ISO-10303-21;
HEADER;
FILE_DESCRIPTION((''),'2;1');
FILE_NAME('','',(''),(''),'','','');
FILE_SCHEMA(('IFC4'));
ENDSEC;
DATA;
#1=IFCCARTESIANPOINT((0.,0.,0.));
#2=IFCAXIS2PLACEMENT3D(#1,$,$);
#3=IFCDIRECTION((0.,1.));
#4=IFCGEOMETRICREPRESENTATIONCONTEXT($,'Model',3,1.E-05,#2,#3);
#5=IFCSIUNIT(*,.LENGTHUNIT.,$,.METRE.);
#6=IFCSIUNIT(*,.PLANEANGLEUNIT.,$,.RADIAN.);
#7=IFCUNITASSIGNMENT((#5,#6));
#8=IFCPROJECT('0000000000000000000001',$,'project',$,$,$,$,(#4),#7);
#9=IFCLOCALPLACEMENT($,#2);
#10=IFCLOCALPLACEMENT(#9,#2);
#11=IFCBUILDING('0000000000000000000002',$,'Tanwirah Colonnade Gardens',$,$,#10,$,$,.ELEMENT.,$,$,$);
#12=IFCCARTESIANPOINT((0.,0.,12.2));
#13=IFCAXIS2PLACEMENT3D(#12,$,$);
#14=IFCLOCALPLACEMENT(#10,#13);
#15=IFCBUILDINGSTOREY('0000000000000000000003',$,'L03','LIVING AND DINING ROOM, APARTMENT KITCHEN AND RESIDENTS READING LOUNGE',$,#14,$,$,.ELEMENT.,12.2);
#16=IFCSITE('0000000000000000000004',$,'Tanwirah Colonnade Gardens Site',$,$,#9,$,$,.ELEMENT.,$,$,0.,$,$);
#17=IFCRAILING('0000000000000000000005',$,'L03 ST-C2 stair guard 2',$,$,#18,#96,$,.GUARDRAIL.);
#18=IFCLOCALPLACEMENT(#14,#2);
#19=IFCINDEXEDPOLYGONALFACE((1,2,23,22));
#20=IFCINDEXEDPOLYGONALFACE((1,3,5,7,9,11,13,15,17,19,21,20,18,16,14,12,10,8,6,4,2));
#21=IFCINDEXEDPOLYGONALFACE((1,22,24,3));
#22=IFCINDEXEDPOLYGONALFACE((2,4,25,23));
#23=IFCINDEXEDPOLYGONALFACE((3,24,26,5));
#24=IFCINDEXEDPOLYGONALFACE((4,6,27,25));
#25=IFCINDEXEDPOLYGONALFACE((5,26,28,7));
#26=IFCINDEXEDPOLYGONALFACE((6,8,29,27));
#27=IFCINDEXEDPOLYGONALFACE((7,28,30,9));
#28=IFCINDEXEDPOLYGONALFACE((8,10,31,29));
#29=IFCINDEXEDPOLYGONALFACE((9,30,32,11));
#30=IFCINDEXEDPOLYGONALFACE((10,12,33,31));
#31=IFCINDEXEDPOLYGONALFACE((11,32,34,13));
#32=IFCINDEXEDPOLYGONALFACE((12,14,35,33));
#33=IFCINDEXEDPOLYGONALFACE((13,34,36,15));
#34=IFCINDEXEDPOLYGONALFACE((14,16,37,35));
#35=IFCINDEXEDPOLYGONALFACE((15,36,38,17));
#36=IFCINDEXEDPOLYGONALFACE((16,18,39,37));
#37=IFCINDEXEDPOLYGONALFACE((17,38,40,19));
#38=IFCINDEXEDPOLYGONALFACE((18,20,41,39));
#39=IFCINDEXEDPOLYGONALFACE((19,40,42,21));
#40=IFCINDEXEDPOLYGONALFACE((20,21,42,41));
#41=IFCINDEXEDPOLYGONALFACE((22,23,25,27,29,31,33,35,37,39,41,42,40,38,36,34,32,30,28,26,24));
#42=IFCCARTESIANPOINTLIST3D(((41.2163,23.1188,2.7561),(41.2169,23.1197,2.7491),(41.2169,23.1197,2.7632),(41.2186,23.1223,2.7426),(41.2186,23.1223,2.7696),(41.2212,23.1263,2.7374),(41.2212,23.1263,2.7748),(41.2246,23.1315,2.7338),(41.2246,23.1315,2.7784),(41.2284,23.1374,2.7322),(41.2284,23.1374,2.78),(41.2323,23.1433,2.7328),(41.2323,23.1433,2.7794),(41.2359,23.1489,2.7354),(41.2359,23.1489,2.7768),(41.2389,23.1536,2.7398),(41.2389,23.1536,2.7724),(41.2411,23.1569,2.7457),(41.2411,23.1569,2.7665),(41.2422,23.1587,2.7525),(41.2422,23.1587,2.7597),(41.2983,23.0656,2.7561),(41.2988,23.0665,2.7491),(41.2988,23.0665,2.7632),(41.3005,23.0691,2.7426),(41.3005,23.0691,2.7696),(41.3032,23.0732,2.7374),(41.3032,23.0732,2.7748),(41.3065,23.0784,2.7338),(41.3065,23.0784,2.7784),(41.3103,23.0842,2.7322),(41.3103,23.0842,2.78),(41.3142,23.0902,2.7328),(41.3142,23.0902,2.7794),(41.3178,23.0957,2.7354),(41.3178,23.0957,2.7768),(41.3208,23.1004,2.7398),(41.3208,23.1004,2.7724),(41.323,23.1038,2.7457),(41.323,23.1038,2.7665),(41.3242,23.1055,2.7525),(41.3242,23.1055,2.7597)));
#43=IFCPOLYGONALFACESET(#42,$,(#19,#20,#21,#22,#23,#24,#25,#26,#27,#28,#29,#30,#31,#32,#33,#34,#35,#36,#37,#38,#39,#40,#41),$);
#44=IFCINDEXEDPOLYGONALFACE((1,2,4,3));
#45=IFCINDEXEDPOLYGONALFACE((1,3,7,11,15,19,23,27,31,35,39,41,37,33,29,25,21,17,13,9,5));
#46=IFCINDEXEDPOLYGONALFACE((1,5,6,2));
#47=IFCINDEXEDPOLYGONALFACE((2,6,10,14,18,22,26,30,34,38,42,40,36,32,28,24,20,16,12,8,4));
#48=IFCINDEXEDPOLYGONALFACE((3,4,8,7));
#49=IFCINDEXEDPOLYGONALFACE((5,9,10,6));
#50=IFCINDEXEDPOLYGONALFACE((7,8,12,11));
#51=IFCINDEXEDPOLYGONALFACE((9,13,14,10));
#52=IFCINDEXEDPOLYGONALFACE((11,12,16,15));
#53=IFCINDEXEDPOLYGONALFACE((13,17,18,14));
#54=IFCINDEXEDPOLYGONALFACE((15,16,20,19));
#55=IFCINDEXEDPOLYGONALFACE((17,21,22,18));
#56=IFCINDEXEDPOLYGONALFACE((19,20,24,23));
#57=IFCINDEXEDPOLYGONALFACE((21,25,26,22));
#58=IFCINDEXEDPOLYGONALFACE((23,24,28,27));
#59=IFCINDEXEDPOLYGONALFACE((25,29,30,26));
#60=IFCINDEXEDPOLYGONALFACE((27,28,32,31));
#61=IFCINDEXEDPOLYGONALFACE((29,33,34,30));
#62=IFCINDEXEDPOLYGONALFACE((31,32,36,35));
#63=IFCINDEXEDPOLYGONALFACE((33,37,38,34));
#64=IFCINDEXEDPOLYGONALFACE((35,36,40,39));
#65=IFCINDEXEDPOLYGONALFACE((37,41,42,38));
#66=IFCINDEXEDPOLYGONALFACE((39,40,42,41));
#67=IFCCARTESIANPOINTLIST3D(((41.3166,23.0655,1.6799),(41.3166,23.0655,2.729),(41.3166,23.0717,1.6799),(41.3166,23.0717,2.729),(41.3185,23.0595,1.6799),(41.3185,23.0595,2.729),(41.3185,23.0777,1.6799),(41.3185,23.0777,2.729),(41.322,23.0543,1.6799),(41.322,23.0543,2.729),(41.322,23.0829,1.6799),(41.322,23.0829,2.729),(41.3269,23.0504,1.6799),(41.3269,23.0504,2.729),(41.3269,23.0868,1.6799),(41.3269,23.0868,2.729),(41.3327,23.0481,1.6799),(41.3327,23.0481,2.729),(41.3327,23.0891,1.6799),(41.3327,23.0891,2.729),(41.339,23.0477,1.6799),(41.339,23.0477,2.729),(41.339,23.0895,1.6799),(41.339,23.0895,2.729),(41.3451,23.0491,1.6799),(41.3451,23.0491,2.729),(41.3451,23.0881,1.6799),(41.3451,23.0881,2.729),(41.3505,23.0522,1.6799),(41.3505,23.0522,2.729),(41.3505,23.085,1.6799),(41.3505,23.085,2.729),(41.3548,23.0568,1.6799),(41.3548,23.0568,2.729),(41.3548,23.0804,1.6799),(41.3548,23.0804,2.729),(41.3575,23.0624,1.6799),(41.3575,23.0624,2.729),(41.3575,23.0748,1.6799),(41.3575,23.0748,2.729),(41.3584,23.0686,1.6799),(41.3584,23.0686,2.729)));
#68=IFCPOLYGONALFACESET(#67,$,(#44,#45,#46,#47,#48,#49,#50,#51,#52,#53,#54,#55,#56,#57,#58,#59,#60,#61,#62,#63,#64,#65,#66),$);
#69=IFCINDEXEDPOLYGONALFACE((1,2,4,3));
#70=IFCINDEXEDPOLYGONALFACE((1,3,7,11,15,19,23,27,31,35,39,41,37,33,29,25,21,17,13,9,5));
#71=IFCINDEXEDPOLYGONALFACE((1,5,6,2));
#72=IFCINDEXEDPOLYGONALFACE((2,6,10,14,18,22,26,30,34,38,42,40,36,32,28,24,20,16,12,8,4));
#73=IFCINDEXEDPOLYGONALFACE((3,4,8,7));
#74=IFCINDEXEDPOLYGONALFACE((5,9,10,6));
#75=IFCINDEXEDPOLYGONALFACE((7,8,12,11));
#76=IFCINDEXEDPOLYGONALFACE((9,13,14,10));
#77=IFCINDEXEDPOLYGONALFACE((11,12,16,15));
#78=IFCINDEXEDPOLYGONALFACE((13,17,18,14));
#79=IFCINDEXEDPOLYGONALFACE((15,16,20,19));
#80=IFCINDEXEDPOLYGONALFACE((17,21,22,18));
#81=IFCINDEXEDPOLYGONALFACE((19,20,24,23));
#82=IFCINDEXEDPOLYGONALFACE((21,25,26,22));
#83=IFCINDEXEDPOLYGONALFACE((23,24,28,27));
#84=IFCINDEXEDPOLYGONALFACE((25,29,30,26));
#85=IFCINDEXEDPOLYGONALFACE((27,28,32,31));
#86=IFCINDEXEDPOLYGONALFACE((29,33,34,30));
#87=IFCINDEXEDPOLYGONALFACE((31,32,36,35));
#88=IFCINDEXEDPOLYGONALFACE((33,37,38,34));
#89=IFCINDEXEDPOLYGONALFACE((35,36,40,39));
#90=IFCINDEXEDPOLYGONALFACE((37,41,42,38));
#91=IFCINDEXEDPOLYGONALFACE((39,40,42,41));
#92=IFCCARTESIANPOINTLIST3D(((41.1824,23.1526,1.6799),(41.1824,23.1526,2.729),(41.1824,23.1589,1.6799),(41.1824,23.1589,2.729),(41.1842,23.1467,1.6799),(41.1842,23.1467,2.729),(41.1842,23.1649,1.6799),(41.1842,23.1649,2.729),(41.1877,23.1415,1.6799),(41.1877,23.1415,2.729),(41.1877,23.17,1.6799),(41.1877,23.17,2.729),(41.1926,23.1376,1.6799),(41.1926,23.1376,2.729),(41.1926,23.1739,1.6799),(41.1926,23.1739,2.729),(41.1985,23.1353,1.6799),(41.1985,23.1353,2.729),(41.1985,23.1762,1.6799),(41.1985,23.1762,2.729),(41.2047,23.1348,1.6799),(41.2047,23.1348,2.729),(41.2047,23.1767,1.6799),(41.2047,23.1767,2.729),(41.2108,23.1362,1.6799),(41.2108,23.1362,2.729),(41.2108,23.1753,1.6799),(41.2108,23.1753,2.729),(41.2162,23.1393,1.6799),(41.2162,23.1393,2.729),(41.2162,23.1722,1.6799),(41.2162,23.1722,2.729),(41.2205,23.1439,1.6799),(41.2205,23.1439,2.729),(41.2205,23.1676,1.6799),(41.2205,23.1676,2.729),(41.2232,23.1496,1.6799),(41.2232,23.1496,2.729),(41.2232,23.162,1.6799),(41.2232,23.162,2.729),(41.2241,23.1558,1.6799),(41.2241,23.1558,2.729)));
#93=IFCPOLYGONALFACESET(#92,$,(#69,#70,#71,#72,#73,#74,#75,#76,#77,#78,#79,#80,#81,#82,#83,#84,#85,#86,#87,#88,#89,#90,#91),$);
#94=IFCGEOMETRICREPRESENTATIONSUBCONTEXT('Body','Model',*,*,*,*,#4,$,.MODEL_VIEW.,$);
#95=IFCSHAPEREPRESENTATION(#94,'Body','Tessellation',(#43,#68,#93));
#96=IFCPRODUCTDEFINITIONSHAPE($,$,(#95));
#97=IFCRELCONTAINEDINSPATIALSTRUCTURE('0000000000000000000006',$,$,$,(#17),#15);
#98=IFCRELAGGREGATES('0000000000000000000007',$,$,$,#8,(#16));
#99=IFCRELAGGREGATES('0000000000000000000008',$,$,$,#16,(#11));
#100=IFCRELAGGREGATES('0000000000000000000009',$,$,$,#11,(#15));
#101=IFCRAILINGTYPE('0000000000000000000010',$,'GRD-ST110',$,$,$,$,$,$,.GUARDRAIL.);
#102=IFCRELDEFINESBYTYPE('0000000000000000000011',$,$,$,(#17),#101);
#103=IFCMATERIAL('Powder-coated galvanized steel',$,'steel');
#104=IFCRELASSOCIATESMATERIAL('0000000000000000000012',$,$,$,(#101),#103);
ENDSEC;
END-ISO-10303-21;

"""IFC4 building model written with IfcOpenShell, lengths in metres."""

from ifc_helpers import new_model, si_unit, direction, frame, origin, origin_2d, place, context, subcontext, project, spatial, circle, extrude, material, type_object, element, save


model = new_model("IFC4")

# Units and contexts
model_context = context("Model", 3, precision=1e-05, world=origin(), true_north=direction((0.0, 1.0)))
body_context = subcontext(model_context, "Body", "Model", "MODEL_VIEW")
ifc_project = project(units=[si_unit("LENGTHUNIT", "METRE"), si_unit("PLANEANGLEUNIT", "RADIAN")], contexts=[model_context])

# Site, building, storey
site_placement = place(None, origin())
site = spatial("IfcSite", under=ifc_project, at=site_placement, Name="Tanwirah Colonnade Gardens Site", CompositionType="ELEMENT", RefElevation=0.0)
building_placement = place(site_placement, origin())
building = spatial("IfcBuilding", under=site, at=building_placement, Name="Tanwirah Colonnade Gardens", CompositionType="ELEMENT")
storey_placement = place(building_placement, frame((0.0, 0.0, 12.2)))
storey = spatial("IfcBuildingStorey", under=building, at=storey_placement, Name="L03", Description="LIVING AND DINING ROOM, APARTMENT KITCHEN AND RESIDENTS READING LOUNGE", CompositionType="ELEMENT", Elevation=12.2)

# Railing
ifc_material_1 = material(Name="Powder-coated galvanized steel", Category="steel")
railing_type_1 = type_object("IfcRailingType", Name="GRD-ST110", PredefinedType="GUARDRAIL", material=ifc_material_1)
railing_1_placement = place(storey_placement, frame((41.3374, 23.0686, 1.6799)))
element("IfcRailing", 1, at=railing_1_placement, inside=storey, type_object=railing_type_1, Name="L03 ST-C2 stair guard 2", PredefinedType="GUARDRAIL", context=body_context, shape_type="SweptSolid", body=[
    extrude(circle(Radius=0.0239, at=origin_2d()), frame((-0.0261, 0.0171, 1.0762), z_axis=(-0.838792, 0.544452, 0.0), x_axis=(-0.544452, -0.838792, 0.0)), (0.0, 0.0, 1.0), 0.0977),
    extrude(circle(Radius=0.021, at=origin_2d()), origin(), (0.0, 0.0, 1.0), 1.0491),
    extrude(circle(Radius=0.021, at=origin_2d()), frame((-0.1343, 0.0872, 0.0)), (0.0, 0.0, 1.0), 1.0491),
])

save(model, "model.ifc")
